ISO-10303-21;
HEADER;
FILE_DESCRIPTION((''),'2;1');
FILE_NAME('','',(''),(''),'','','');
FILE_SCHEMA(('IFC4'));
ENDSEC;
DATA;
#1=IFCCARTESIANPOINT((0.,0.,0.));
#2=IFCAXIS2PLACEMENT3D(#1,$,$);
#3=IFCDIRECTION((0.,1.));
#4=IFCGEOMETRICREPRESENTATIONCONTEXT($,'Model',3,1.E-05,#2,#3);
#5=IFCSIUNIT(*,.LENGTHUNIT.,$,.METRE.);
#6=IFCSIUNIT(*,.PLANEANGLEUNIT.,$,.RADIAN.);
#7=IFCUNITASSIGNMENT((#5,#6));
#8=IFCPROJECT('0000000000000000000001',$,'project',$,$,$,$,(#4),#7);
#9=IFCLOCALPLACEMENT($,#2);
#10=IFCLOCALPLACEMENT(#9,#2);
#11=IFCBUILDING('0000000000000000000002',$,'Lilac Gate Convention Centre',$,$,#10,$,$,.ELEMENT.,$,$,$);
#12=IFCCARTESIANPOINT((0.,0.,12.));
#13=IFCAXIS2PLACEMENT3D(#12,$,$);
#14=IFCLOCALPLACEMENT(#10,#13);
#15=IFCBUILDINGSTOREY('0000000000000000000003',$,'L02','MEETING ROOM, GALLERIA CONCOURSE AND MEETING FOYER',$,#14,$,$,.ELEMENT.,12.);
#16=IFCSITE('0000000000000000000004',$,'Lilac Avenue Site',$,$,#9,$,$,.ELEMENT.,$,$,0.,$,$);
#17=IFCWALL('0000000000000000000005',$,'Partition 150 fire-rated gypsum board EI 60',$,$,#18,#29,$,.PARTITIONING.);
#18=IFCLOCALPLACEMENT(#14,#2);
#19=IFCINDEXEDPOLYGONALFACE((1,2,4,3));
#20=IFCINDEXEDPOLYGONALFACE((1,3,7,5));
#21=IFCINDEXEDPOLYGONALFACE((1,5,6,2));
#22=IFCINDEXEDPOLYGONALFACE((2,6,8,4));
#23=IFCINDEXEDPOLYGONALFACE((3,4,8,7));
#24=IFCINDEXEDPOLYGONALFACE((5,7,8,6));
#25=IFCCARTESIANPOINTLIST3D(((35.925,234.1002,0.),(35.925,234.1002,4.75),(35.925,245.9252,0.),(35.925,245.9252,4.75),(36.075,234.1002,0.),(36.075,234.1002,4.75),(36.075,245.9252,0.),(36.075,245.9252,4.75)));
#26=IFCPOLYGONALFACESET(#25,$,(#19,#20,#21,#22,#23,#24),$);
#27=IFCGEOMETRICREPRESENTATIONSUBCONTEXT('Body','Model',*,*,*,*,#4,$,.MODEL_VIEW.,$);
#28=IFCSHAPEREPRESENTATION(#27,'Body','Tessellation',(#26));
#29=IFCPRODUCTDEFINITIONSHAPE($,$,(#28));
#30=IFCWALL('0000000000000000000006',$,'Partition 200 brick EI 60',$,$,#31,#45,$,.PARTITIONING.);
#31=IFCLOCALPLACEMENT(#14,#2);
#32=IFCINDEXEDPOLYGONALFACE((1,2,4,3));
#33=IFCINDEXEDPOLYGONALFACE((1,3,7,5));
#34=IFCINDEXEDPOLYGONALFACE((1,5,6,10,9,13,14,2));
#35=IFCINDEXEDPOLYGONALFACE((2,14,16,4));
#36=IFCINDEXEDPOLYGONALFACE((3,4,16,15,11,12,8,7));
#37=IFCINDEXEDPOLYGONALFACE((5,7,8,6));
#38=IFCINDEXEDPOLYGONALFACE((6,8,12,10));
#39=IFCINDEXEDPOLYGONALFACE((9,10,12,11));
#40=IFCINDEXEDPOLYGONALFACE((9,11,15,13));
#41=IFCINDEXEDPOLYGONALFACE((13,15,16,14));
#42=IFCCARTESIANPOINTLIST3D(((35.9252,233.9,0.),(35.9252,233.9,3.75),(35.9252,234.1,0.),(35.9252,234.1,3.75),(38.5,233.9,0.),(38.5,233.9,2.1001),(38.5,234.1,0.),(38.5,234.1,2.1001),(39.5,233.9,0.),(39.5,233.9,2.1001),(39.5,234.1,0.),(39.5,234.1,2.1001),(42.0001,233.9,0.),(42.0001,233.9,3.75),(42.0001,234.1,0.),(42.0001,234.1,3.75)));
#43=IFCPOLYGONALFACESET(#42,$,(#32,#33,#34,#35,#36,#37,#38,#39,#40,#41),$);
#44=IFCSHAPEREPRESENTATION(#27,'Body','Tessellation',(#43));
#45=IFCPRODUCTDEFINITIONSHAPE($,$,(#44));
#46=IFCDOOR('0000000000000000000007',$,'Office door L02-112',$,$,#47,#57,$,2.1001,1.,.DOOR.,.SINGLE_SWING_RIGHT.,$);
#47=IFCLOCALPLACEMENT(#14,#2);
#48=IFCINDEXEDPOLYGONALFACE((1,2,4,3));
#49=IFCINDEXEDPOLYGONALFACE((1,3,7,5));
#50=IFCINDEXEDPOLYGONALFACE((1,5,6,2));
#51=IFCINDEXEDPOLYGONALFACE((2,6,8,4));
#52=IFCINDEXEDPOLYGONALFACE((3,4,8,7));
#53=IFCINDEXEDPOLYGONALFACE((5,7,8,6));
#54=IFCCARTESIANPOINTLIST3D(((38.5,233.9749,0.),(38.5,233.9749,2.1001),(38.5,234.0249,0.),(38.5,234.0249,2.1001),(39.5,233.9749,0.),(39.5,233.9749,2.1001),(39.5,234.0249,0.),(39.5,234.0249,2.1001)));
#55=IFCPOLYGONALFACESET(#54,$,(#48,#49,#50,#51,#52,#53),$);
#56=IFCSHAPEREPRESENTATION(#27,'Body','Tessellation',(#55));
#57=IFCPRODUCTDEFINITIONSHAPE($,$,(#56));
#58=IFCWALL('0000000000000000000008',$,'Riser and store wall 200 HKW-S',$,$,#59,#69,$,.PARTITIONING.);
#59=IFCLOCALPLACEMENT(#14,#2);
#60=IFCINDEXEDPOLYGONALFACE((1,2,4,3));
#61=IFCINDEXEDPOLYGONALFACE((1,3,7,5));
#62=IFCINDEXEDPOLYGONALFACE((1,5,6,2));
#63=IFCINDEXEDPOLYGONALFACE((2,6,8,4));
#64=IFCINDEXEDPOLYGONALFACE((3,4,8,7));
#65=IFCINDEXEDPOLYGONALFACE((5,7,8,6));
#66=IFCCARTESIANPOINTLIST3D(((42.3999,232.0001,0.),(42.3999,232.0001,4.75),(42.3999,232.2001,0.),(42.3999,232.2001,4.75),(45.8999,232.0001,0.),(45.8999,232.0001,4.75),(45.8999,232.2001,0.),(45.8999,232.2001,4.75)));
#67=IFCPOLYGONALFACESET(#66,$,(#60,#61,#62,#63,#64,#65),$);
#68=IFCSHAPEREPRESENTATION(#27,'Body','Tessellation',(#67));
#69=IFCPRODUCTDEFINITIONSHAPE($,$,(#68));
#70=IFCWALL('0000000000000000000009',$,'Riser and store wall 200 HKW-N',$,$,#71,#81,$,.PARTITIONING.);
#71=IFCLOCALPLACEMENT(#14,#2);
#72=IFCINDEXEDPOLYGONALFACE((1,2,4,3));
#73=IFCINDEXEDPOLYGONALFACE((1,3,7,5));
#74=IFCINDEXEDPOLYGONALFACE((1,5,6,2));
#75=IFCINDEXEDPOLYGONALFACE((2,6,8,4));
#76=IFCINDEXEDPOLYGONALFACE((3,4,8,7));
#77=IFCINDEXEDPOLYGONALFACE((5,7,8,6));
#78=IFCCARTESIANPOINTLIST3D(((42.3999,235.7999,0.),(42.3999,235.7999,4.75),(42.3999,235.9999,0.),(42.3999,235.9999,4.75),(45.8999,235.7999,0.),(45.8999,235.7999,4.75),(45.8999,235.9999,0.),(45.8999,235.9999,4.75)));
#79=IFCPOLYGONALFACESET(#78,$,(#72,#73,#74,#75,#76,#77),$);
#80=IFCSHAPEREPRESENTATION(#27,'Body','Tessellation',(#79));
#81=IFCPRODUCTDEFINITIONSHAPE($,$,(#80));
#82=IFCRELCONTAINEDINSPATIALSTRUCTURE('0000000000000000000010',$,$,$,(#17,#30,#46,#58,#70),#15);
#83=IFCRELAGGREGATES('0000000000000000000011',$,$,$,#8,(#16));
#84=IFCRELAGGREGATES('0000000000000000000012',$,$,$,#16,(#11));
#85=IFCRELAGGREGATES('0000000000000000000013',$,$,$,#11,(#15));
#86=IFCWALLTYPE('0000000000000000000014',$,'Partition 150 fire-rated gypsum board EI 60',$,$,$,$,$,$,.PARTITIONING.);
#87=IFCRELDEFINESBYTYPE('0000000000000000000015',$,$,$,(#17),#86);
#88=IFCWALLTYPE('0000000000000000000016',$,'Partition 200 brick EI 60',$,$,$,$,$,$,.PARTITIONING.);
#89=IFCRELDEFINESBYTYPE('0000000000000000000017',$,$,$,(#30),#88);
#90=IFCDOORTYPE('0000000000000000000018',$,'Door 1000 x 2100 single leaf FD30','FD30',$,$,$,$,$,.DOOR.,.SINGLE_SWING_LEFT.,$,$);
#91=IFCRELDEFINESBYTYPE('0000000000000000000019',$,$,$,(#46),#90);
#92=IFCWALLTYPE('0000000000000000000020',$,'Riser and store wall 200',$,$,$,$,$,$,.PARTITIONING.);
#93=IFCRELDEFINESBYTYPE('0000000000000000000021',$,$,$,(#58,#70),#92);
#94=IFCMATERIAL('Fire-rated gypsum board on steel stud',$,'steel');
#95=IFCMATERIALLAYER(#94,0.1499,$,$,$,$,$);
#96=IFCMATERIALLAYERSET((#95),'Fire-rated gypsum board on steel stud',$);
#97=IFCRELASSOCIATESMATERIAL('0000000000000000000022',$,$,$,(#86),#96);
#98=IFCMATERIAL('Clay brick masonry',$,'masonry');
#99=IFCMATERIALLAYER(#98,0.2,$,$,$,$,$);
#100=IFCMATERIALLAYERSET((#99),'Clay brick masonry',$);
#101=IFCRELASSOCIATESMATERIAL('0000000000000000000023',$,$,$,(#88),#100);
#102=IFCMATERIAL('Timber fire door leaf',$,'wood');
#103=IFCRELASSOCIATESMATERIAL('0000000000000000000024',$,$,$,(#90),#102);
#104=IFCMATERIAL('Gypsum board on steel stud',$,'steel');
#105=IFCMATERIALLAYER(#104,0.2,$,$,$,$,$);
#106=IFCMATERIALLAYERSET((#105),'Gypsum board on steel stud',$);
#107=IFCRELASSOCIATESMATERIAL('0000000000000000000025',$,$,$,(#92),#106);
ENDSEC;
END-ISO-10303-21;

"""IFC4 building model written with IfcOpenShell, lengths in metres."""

from ifc_helpers import new_model, si_unit, direction, frame, frame_2d, origin, place, context, subcontext, project, spatial, rectangle, extrude, material, layer, layer_set, type_object, element, fill, save


model = new_model("IFC4")

# Units and contexts
model_context = context("Model", 3, precision=1e-05, world=origin(), true_north=direction((0.0, 1.0)))
body_context = subcontext(model_context, "Body", "Model", "MODEL_VIEW")
ifc_project = project(units=[si_unit("LENGTHUNIT", "METRE"), si_unit("PLANEANGLEUNIT", "RADIAN")], contexts=[model_context])

# Site, building, storey
site_placement = place(None, origin())
site = spatial("IfcSite", under=ifc_project, at=site_placement, Name="Lilac Avenue Site", CompositionType="ELEMENT", RefElevation=0.0)
building_placement = place(site_placement, origin())
building = spatial("IfcBuilding", under=site, at=building_placement, Name="Lilac Gate Convention Centre", CompositionType="ELEMENT")
storey_placement = place(building_placement, frame((0.0, 0.0, 12.0)))
storey = spatial("IfcBuildingStorey", under=building, at=storey_placement, Name="L02", Description="MEETING ROOM, GALLERIA CONCOURSE AND MEETING FOYER", CompositionType="ELEMENT", Elevation=12.0)

# Wall
ifc_material_1 = material(Name="Fire-rated gypsum board on steel stud", Category="steel")
ifc_layer_1 = layer(ifc_material_1, 0.1499)
ifc_layer_set_1 = layer_set([ifc_layer_1], Name="Fire-rated gypsum board on steel stud")
wall_type_1 = type_object("IfcWallType", Name="Partition 150 fire-rated gypsum board EI 60", PredefinedType="PARTITIONING", material=ifc_layer_set_1)
wall_1_placement = place(storey_placement, frame((36.0, 234.1001, 0.0), z_axis=(0.0, 0.0, 1.0), x_axis=(0.0, 1.0, 0.0)))
element("IfcWall", 1, at=wall_1_placement, inside=storey, type_object=wall_type_1, Name="Partition 150 fire-rated gypsum board EI 60", PredefinedType="PARTITIONING", context=body_context, shape_type="SweptSolid", body=[
    extrude(rectangle(XDim=11.825, YDim=0.1499, at=frame_2d((5.9126, 0.0))), origin(), (0.0, 0.0, 1.0), 4.75),
])

# Wall, opening, door
ifc_material_2 = material(Name="Clay brick masonry", Category="masonry")
ifc_layer_2 = layer(ifc_material_2, 0.2)
ifc_layer_set_2 = layer_set([ifc_layer_2], Name="Clay brick masonry")
wall_type_2 = type_object("IfcWallType", Name="Partition 200 brick EI 60", PredefinedType="PARTITIONING", material=ifc_layer_set_2)
wall_2_placement = place(storey_placement, frame((35.925, 234.0, 0.0), z_axis=(0.0, 0.0, 1.0), x_axis=(1.0, 0.0, 0.0)))
wall_2 = element("IfcWall", 2, at=wall_2_placement, inside=storey, type_object=wall_type_2, Name="Partition 200 brick EI 60", PredefinedType="PARTITIONING", context=body_context, shape_type="SweptSolid", body=[
    extrude(rectangle(XDim=6.075, YDim=0.2, at=frame_2d((3.0376, 0.0))), origin(), (0.0, 0.0, 1.0), 3.75),
])
opening_1_placement = place(wall_2_placement, frame((2.575, 0.0, 0.0)))
opening_1 = element("IfcOpeningElement", 3, at=opening_1_placement, cuts=wall_2, PredefinedType="OPENING", context=body_context, shape_type="SweptSolid", body=[
    extrude(rectangle(XDim=1.0, YDim=2.1001, at=frame_2d((0.5, 1.05))), frame((0.0, 0.1099, 0.0), z_axis=(0.0, -1.0, 0.0), x_axis=(1.0, 0.0, 0.0)), (0.0, 0.0, 1.0), 0.22),
])
ifc_material_3 = material(Name="Timber fire door leaf", Category="wood")
door_type_1 = type_object("IfcDoorType", Name="Door 1000 x 2100 single leaf FD30", Description="FD30", OperationType="SINGLE_SWING_LEFT", PredefinedType="DOOR", material=ifc_material_3)
door_1_placement = place(opening_1_placement, origin())
door_1 = element("IfcDoor", 4, at=door_1_placement, inside=storey, type_object=door_type_1, Name="Office door L02-112", OperationType="SINGLE_SWING_RIGHT", OverallHeight=2.1001, OverallWidth=1.0, PredefinedType="DOOR", context=body_context, shape_type="SweptSolid", body=[
    extrude(rectangle(XDim=1.0, YDim=2.1001, at=frame_2d((0.5, 1.05))), frame((0.0, 0.0249, 0.0), z_axis=(0.0, -1.0, 0.0), x_axis=(1.0, 0.0, 0.0)), (0.0, 0.0, 1.0), 0.05),
])
fill(opening_1, door_1)

# Walls
ifc_material_4 = material(Name="Gypsum board on steel stud", Category="steel")
ifc_layer_3 = layer(ifc_material_4, 0.2)
ifc_layer_set_3 = layer_set([ifc_layer_3], Name="Gypsum board on steel stud")
wall_type_3 = type_object("IfcWallType", Name="Riser and store wall 200", PredefinedType="PARTITIONING", material=ifc_layer_set_3)
for number, where, z_axis, x_axis, name in (
    (5, (42.3999, 232.1001, 0.0), (0.0, 0.0, 1.0), (1.0, 0.0, 0.0), "Riser and store wall 200 HKW-S"),
    (6, (42.3999, 235.8999, 0.0), (0.0, 0.0, 1.0), (1.0, 0.0, 0.0), "Riser and store wall 200 HKW-N"),
):
    element("IfcWall", number, at=place(storey_placement, frame(where, z_axis=z_axis, x_axis=x_axis)), inside=storey, type_object=wall_type_3, Name=name, PredefinedType="PARTITIONING", context=body_context, shape_type="SweptSolid", body=[
        extrude(rectangle(XDim=3.5, YDim=0.2, at=frame_2d((1.75, 0.0))), origin(), (0.0, 0.0, 1.0), 4.75),
    ])

save(model, "model.ifc")
